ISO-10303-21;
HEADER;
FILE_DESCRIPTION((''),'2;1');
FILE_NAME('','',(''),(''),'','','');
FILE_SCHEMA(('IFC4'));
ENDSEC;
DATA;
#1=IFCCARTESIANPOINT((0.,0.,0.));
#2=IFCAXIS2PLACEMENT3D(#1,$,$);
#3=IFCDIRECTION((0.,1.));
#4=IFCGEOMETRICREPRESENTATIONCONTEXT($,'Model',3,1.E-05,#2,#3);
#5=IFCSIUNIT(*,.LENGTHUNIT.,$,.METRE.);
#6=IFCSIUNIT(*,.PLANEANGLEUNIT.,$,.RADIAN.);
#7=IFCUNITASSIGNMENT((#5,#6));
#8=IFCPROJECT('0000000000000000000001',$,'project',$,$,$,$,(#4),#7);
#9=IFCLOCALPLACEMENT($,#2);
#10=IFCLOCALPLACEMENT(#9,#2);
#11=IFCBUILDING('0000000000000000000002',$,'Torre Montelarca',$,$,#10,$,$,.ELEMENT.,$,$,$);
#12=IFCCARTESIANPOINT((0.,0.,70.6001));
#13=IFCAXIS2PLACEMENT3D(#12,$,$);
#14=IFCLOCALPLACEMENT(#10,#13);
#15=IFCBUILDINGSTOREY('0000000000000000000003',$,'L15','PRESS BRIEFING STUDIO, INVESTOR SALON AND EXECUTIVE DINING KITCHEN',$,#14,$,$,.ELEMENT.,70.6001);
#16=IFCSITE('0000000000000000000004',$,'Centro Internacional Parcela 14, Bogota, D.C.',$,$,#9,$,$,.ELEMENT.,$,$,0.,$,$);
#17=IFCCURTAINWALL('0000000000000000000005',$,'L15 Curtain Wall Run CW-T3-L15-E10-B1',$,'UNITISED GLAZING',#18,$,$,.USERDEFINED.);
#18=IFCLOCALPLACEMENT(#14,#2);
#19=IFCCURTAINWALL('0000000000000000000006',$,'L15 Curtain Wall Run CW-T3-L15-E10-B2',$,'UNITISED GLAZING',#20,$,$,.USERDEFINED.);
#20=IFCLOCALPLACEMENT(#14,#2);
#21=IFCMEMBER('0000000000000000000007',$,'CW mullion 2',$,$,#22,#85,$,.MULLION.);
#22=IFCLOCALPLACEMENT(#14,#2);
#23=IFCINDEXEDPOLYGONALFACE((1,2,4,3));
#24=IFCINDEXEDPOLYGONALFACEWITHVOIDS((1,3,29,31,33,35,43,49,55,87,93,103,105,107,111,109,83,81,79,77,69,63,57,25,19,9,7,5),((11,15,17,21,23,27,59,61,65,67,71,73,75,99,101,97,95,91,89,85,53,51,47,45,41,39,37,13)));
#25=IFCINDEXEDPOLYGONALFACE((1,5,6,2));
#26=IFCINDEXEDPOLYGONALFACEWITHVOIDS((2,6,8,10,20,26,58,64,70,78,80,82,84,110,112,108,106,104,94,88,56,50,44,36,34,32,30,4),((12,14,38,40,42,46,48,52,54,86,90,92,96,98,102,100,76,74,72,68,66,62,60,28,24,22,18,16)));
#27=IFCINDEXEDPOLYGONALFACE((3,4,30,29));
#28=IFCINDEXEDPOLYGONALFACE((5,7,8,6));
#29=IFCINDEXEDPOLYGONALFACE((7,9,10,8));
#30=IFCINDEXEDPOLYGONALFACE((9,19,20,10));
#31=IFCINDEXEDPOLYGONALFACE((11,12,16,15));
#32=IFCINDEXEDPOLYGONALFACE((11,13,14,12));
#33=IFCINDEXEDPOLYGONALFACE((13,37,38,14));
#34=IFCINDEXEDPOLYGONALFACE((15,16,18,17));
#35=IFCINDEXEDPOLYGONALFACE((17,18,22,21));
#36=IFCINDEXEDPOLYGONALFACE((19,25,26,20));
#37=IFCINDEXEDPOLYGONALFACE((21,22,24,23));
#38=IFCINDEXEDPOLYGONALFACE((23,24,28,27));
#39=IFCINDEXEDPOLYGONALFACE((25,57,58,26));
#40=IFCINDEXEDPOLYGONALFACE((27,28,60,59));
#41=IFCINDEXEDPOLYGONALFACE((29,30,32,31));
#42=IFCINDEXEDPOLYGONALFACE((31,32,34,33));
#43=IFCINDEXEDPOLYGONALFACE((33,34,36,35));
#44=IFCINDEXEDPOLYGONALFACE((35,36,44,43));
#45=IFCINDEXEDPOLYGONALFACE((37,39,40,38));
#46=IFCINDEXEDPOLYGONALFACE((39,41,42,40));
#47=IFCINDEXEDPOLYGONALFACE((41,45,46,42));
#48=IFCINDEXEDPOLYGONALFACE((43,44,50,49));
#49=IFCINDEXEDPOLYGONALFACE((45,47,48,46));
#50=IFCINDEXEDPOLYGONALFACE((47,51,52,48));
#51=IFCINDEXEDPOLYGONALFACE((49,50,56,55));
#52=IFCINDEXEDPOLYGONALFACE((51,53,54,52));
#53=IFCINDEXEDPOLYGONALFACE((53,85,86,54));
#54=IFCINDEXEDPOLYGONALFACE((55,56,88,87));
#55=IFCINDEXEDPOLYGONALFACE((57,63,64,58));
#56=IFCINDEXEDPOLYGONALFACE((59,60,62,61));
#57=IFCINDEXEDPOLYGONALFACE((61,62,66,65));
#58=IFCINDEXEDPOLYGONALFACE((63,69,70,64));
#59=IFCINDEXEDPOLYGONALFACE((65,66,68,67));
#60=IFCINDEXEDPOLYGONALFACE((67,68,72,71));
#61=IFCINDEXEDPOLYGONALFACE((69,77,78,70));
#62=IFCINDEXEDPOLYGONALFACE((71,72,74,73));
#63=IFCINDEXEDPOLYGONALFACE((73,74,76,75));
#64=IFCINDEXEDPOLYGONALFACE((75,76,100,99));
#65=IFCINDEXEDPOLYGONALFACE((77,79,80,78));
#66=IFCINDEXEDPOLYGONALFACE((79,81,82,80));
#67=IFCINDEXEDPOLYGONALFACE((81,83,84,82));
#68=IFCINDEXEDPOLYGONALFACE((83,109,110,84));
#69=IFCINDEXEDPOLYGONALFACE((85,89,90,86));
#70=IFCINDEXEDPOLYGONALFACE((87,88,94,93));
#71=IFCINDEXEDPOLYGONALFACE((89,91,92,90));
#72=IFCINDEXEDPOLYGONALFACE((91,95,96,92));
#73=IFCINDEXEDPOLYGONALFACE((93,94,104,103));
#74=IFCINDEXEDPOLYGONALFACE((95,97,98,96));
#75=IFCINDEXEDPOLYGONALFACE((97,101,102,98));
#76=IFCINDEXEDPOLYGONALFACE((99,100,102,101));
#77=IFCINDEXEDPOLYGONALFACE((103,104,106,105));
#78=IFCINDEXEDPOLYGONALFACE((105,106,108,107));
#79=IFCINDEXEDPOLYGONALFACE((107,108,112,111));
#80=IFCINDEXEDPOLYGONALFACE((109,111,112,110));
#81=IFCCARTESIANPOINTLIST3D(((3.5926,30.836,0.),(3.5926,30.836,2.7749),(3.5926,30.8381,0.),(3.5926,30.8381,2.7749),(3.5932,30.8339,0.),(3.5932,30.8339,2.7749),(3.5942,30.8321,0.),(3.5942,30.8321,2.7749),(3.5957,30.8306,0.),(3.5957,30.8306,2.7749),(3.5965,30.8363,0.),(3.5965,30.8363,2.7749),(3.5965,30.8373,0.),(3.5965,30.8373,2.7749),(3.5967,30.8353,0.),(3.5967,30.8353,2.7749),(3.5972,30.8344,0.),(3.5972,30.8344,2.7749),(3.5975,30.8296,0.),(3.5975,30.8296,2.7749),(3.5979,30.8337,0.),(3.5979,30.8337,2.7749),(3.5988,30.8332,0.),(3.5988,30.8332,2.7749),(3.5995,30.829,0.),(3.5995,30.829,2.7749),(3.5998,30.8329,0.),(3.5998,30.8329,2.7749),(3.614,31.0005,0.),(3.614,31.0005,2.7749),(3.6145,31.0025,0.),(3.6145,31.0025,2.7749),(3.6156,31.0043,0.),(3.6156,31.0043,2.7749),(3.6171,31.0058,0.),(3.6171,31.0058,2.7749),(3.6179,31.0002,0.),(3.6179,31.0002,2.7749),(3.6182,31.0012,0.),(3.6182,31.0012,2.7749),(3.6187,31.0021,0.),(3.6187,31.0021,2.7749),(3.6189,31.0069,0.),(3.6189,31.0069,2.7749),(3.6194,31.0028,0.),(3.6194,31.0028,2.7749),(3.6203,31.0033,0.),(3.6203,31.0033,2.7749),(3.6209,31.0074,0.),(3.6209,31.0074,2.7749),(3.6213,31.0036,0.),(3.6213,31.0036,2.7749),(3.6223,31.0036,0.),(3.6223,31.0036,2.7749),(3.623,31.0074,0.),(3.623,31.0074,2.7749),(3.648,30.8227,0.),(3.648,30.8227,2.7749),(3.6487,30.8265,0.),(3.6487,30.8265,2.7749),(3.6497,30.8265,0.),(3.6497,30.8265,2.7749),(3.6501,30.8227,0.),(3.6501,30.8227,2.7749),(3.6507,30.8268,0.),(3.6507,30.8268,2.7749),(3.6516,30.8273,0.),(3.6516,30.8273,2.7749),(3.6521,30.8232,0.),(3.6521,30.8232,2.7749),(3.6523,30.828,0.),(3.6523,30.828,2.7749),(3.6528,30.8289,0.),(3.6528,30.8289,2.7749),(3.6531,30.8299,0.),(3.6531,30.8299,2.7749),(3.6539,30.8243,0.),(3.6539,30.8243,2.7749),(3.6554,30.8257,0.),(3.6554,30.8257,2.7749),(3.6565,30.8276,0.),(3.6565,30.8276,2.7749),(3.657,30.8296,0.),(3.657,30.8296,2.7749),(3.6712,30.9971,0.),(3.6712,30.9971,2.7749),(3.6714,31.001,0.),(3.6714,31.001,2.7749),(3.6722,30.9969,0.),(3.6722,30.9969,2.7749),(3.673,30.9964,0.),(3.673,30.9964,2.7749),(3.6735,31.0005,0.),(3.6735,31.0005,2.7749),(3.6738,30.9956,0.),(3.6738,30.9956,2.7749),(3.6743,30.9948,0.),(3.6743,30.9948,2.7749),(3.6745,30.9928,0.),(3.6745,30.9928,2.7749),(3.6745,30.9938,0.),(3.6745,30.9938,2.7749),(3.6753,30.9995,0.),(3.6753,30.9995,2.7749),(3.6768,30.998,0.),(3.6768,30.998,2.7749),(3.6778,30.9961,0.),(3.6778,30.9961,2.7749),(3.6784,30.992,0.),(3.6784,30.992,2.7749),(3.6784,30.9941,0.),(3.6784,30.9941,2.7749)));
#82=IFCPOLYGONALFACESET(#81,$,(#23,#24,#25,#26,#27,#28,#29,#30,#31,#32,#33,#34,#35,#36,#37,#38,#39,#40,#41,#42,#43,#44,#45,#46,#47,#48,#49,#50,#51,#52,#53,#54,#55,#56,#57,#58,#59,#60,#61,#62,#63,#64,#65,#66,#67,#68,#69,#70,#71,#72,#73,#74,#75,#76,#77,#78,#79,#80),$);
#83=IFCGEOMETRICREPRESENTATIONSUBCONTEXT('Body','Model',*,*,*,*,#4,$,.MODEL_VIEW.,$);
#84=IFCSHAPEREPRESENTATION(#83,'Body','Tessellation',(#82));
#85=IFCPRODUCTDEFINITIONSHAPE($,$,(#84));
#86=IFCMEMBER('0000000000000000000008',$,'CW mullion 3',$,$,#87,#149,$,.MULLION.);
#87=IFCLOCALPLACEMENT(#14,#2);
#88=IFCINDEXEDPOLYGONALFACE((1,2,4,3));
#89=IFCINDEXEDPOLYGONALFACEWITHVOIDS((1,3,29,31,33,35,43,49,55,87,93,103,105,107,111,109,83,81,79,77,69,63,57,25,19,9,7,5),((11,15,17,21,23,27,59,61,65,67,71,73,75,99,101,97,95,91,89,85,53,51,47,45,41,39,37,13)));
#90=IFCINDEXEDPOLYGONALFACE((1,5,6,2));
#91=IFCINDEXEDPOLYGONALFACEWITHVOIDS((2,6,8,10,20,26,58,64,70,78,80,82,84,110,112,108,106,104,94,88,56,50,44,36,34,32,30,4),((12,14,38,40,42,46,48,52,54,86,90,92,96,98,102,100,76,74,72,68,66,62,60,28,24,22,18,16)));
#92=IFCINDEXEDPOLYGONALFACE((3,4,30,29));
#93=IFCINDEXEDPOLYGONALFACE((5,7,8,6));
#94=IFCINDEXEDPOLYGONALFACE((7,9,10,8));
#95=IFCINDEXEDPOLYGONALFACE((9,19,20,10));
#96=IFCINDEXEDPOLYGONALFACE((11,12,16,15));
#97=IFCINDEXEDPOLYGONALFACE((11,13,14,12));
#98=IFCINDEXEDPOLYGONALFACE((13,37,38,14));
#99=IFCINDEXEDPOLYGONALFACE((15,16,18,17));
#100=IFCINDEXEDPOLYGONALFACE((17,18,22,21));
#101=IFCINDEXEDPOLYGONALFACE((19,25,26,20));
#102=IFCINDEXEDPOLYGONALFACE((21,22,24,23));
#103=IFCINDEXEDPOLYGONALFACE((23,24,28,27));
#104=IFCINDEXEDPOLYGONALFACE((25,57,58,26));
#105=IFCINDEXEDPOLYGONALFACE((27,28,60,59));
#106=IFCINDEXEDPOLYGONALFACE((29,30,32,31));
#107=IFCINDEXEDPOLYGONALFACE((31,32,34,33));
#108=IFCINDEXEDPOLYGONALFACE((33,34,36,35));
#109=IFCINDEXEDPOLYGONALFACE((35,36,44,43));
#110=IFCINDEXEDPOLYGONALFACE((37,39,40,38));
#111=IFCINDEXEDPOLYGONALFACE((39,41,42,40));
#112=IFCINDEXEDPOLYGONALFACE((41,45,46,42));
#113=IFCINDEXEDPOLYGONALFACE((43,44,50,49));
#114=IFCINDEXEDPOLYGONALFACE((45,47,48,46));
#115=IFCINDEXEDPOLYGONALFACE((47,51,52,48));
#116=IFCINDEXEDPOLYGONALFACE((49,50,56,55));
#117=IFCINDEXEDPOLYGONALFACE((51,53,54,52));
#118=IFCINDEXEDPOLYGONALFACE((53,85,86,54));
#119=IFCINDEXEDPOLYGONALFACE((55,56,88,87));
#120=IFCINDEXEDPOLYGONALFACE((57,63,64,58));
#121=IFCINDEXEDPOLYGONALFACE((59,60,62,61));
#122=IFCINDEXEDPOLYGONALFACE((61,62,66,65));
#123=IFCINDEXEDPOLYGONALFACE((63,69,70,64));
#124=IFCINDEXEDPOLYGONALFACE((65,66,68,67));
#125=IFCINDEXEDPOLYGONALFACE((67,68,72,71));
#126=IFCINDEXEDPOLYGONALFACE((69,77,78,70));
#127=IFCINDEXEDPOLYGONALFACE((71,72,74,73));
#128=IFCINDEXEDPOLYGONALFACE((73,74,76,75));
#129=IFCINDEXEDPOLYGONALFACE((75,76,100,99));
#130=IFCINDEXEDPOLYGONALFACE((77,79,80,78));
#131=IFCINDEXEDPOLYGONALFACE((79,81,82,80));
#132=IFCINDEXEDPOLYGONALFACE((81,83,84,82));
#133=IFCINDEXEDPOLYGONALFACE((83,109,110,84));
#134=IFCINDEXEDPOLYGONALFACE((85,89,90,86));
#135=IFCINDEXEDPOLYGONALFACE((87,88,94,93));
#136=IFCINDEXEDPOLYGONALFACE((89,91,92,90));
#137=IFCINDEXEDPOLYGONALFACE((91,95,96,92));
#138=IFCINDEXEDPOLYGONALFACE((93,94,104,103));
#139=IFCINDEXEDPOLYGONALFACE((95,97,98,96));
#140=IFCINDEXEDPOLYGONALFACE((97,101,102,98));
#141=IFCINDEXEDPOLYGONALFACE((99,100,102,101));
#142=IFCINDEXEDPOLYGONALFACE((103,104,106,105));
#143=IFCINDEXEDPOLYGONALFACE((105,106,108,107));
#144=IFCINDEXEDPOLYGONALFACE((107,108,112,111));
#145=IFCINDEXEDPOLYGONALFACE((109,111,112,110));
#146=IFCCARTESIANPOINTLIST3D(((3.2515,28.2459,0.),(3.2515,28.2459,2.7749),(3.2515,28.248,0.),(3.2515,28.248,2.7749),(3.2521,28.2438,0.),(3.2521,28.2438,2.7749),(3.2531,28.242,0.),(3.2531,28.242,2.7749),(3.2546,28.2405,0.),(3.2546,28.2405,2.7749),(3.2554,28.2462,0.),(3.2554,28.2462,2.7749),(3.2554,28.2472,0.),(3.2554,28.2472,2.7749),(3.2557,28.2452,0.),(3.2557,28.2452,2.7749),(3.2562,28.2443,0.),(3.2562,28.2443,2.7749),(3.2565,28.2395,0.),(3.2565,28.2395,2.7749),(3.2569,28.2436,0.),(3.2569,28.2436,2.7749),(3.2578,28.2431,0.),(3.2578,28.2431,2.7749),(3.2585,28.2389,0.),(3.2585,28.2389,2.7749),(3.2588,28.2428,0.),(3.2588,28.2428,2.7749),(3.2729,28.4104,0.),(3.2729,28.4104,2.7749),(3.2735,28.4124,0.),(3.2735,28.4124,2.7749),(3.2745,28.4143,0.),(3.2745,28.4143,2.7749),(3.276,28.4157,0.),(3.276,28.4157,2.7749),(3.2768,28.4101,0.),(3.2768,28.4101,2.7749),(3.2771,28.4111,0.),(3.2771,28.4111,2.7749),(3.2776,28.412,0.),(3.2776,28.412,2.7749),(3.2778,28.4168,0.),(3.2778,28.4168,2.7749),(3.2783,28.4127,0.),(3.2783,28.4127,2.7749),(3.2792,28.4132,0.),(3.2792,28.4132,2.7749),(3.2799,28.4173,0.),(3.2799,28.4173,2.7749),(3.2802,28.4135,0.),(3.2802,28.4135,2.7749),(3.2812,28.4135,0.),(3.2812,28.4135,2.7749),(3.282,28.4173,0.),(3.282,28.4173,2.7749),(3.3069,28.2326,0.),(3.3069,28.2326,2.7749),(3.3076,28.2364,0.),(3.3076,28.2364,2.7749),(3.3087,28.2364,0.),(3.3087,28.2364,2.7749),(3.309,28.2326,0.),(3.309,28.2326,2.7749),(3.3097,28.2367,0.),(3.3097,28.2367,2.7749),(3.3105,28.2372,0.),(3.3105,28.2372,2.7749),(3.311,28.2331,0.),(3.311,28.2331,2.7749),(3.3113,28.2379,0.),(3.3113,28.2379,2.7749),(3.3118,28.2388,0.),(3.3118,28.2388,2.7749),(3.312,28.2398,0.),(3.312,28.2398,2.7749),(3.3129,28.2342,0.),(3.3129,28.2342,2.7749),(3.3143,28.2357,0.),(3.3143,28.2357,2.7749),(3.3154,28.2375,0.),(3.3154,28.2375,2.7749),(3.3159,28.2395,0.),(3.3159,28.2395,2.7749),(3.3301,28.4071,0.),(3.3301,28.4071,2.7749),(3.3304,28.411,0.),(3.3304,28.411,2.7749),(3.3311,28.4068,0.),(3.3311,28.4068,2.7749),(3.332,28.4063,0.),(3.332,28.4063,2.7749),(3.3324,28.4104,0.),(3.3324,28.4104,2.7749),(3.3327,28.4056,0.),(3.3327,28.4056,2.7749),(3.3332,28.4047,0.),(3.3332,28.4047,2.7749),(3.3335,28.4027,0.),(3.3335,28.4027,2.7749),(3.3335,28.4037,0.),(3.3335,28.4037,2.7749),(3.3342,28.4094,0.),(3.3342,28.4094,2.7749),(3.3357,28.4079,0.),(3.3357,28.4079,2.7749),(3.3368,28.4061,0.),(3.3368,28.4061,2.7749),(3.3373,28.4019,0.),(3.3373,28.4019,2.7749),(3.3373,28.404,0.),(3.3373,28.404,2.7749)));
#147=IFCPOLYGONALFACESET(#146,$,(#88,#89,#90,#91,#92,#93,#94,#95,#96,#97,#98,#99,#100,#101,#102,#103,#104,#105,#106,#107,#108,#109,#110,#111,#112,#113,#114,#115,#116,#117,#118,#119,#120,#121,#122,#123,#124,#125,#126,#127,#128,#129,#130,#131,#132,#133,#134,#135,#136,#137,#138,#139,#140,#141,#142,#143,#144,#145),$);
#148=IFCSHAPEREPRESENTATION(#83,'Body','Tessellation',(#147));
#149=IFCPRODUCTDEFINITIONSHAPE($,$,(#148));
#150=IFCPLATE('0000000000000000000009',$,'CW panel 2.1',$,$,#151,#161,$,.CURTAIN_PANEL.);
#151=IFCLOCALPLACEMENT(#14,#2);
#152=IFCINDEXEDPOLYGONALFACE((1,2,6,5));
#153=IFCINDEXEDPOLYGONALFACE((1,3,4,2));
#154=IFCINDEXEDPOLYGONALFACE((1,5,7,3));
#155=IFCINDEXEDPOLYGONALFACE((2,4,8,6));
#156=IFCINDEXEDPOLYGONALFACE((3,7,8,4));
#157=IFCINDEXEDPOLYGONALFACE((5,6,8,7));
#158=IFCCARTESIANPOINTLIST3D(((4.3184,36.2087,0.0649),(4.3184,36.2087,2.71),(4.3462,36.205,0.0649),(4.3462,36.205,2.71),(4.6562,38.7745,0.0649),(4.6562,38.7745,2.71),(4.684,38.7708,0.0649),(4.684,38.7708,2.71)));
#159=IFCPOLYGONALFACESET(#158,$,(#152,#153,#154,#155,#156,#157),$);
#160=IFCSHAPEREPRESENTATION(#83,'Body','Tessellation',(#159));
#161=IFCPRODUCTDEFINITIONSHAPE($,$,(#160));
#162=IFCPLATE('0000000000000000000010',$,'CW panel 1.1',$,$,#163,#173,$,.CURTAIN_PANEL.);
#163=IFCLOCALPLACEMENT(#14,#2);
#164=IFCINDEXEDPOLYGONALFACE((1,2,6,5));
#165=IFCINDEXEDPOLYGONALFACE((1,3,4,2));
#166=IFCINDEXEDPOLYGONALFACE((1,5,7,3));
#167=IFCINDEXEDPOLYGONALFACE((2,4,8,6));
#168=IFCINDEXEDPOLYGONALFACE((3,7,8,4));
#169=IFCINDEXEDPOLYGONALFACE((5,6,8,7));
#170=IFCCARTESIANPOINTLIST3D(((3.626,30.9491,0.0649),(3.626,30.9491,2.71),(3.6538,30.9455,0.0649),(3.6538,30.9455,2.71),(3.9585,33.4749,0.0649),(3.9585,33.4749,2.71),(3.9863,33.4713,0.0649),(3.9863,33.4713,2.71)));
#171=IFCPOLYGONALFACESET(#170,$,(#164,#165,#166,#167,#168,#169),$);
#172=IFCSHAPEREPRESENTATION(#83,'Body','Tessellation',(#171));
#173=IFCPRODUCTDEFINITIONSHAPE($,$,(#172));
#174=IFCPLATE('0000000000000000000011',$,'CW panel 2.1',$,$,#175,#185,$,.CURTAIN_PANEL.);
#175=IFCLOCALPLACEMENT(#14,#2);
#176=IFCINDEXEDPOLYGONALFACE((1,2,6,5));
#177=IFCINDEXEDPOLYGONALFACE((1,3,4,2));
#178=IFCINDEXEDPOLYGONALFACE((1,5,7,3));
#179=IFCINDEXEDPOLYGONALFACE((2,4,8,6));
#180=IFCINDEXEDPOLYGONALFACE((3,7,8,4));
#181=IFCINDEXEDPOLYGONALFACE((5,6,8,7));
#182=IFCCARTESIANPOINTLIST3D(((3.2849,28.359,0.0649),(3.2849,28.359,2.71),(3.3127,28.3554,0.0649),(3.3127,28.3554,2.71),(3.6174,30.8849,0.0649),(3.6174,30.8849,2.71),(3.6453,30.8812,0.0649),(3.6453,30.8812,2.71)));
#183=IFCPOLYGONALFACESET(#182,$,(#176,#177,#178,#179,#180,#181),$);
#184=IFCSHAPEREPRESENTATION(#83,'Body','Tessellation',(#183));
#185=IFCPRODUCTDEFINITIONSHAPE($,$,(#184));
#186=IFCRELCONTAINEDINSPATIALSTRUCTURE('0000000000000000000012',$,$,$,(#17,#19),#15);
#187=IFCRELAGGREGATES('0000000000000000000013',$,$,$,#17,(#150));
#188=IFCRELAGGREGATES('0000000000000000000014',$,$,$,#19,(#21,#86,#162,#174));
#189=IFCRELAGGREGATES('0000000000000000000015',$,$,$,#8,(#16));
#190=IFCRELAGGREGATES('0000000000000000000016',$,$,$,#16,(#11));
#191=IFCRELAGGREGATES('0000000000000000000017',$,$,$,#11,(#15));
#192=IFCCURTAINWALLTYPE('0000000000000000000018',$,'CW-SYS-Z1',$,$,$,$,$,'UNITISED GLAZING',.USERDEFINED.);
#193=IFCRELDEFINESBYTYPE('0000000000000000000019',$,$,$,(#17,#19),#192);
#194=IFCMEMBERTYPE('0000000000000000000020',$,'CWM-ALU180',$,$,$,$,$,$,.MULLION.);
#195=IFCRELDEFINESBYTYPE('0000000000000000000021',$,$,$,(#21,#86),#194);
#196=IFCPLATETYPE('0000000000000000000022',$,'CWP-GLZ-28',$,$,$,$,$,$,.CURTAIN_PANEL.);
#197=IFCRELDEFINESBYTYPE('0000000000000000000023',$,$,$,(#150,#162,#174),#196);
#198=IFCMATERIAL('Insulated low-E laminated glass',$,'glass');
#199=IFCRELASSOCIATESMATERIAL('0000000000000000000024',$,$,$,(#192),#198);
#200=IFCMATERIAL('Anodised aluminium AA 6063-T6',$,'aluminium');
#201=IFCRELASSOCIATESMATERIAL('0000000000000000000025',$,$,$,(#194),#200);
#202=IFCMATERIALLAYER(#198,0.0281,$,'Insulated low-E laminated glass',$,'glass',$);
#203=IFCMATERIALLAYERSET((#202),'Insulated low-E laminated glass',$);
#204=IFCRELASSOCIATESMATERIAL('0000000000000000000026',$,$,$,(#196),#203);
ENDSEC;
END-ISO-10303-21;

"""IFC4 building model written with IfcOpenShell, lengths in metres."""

from ifc_helpers import new_model, si_unit, direction, frame, origin, origin_2d, place, context, subcontext, project, spatial, rectangle, hollow_rectangle, extrude, source, transform, mapped, material, layer, layer_set, material_profile, profile_set, type_object, element, aggregate, save


model = new_model("IFC4")

# Units and contexts
model_context = context("Model", 3, precision=1e-05, world=origin(), true_north=direction((0.0, 1.0)))
body_context = subcontext(model_context, "Body", "Model", "MODEL_VIEW")
ifc_project = project(units=[si_unit("LENGTHUNIT", "METRE"), si_unit("PLANEANGLEUNIT", "RADIAN")], contexts=[model_context])

# Site, building, storey
site_placement = place(None, origin())
site = spatial("IfcSite", under=ifc_project, at=site_placement, Name="Centro Internacional Parcela 14, Bogota, D.C.", CompositionType="ELEMENT", RefElevation=0.0)
building_placement = place(site_placement, origin())
building = spatial("IfcBuilding", under=site, at=building_placement, Name="Torre Montelarca", CompositionType="ELEMENT")
storey_placement = place(building_placement, frame((0.0, 0.0, 70.6001)))
storey = spatial("IfcBuildingStorey", under=building, at=storey_placement, Name="L15", Description="PRESS BRIEFING STUDIO, INVESTOR SALON AND EXECUTIVE DINING KITCHEN", CompositionType="ELEMENT", Elevation=70.6001)

# Curtain walls
ifc_material_1 = material(Name="Insulated low-E laminated glass", Category="glass")
curtain_wall_type = type_object("IfcCurtainWallType", Name="CW-SYS-Z1", ElementType="UNITISED GLAZING", PredefinedType="USERDEFINED", material=ifc_material_1)
curtain_wall_1_placement = place(storey_placement, origin())
curtain_wall_1 = element("IfcCurtainWall", 1, at=curtain_wall_1_placement, inside=storey, type_object=curtain_wall_type, Name="L15 Curtain Wall Run CW-T3-L15-E10-B1", ObjectType="UNITISED GLAZING", PredefinedType="USERDEFINED")
ifc_material_2 = material(Name="Anodised aluminium AA 6063-T6", Category="aluminium")
curtain_wall_2_placement = place(storey_placement, origin())
curtain_wall_2 = element("IfcCurtainWall", 2, at=curtain_wall_2_placement, inside=storey, type_object=curtain_wall_type, Name="L15 Curtain Wall Run CW-T3-L15-E10-B2", ObjectType="UNITISED GLAZING", PredefinedType="USERDEFINED")

# Members
ifc_material_profile_1 = material_profile(ifc_material_2, hollow_rectangle(XDim=0.0649, YDim=0.1799, WallThickness=0.0039, InnerFilletRadius=0.0039, OuterFilletRadius=0.0081, at=origin_2d()), Name="ALU65X180X4", Category="aluminium")
ifc_profile_set_1 = profile_set([ifc_material_profile_1], Name="Anodised aluminium AA 6063-T6")
member_type_1 = type_object("IfcMemberType", Name="CWM-ALU180", PredefinedType="MULLION", material=ifc_profile_set_1)
shared_shape_1 = source(origin(), body_context, "Body", "SweptSolid", [
    extrude(hollow_rectangle(XDim=0.0649, YDim=0.1799, WallThickness=0.0039, InnerFilletRadius=0.0039, OuterFilletRadius=0.0081, at=origin_2d()), origin(), (0.0, 0.0, 1.0), 2.7749),
])
member_1_placement = place(storey_placement, frame((3.6355, 30.915, 0.0), z_axis=(0.0, 0.0, 1.0), x_axis=(0.991445, -0.130528, 0.0)))
member_1 = element("IfcMember", 3, at=member_1_placement, type_object=member_type_1, Name="CW mullion 2", PredefinedType="MULLION", context=body_context, shape_type="MappedRepresentation", body=[
    mapped(shared_shape_1, transform((0.0, 0.0, 0.0), scale=1.0)),
])
member_2_placement = place(storey_placement, frame((3.2944, 28.325, 0.0), z_axis=(0.0, 0.0, 1.0), x_axis=(0.991445, -0.130528, 0.0)))
member_2 = element("IfcMember", 4, at=member_2_placement, type_object=member_type_1, Name="CW mullion 3", PredefinedType="MULLION", context=body_context, shape_type="MappedRepresentation", body=[
    mapped(shared_shape_1, transform((0.0, 0.0, 0.0), scale=1.0)),
])

# Plates
ifc_layer_1 = layer(ifc_material_1, 0.0281, Name="Insulated low-E laminated glass", Category="glass")
ifc_layer_set_1 = layer_set([ifc_layer_1], Name="Insulated low-E laminated glass")
plate_type = type_object("IfcPlateType", Name="CWP-GLZ-28", PredefinedType="CURTAIN_PANEL", material=ifc_layer_set_1)
shared_shape_2 = source(origin(), body_context, "Body", "SweptSolid", [
    extrude(rectangle(XDim=2.5879, YDim=0.0281, at=origin_2d()), origin(), (0.0, 0.0, 1.0), 2.645),
])
plate_1_placement = place(storey_placement, frame((4.5012, 37.4897, 0.0649), z_axis=(0.0, 0.0, 1.0), x_axis=(-0.130524, -0.991445, 0.0)))
plate_1 = element("IfcPlate", 5, at=plate_1_placement, type_object=plate_type, Name="CW panel 2.1", PredefinedType="CURTAIN_PANEL", context=body_context, shape_type="MappedRepresentation", body=[
    mapped(shared_shape_2, transform((0.0, 0.0, 0.0), scale=1.0)),
])
aggregate(curtain_wall_1, [plate_1])
shared_shape_3 = source(origin(), body_context, "Body", "SweptSolid", [
    extrude(rectangle(XDim=2.5476, YDim=0.0281, at=origin_2d()), origin(), (0.0, 0.0, 1.0), 2.645),
])
plate_2_placement = place(storey_placement, frame((3.8062, 32.2102, 0.0649), z_axis=(0.0, 0.0, 1.0), x_axis=(-0.130528, -0.991445, 0.0)))
plate_2 = element("IfcPlate", 6, at=plate_2_placement, type_object=plate_type, Name="CW panel 1.1", PredefinedType="CURTAIN_PANEL", context=body_context, shape_type="MappedRepresentation", body=[
    mapped(shared_shape_3, transform((0.0, 0.0, 0.0), scale=1.0)),
])
plate_3_placement = place(storey_placement, frame((3.4651, 29.6201, 0.0649), z_axis=(0.0, 0.0, 1.0), x_axis=(-0.130528, -0.991445, 0.0)))
plate_3 = element("IfcPlate", 7, at=plate_3_placement, type_object=plate_type, Name="CW panel 2.1", PredefinedType="CURTAIN_PANEL", context=body_context, shape_type="MappedRepresentation", body=[
    mapped(shared_shape_3, transform((0.0, 0.0, 0.0), scale=1.0)),
])
aggregate(curtain_wall_2, [member_1, member_2, plate_2, plate_3])

save(model, "model.ifc")
